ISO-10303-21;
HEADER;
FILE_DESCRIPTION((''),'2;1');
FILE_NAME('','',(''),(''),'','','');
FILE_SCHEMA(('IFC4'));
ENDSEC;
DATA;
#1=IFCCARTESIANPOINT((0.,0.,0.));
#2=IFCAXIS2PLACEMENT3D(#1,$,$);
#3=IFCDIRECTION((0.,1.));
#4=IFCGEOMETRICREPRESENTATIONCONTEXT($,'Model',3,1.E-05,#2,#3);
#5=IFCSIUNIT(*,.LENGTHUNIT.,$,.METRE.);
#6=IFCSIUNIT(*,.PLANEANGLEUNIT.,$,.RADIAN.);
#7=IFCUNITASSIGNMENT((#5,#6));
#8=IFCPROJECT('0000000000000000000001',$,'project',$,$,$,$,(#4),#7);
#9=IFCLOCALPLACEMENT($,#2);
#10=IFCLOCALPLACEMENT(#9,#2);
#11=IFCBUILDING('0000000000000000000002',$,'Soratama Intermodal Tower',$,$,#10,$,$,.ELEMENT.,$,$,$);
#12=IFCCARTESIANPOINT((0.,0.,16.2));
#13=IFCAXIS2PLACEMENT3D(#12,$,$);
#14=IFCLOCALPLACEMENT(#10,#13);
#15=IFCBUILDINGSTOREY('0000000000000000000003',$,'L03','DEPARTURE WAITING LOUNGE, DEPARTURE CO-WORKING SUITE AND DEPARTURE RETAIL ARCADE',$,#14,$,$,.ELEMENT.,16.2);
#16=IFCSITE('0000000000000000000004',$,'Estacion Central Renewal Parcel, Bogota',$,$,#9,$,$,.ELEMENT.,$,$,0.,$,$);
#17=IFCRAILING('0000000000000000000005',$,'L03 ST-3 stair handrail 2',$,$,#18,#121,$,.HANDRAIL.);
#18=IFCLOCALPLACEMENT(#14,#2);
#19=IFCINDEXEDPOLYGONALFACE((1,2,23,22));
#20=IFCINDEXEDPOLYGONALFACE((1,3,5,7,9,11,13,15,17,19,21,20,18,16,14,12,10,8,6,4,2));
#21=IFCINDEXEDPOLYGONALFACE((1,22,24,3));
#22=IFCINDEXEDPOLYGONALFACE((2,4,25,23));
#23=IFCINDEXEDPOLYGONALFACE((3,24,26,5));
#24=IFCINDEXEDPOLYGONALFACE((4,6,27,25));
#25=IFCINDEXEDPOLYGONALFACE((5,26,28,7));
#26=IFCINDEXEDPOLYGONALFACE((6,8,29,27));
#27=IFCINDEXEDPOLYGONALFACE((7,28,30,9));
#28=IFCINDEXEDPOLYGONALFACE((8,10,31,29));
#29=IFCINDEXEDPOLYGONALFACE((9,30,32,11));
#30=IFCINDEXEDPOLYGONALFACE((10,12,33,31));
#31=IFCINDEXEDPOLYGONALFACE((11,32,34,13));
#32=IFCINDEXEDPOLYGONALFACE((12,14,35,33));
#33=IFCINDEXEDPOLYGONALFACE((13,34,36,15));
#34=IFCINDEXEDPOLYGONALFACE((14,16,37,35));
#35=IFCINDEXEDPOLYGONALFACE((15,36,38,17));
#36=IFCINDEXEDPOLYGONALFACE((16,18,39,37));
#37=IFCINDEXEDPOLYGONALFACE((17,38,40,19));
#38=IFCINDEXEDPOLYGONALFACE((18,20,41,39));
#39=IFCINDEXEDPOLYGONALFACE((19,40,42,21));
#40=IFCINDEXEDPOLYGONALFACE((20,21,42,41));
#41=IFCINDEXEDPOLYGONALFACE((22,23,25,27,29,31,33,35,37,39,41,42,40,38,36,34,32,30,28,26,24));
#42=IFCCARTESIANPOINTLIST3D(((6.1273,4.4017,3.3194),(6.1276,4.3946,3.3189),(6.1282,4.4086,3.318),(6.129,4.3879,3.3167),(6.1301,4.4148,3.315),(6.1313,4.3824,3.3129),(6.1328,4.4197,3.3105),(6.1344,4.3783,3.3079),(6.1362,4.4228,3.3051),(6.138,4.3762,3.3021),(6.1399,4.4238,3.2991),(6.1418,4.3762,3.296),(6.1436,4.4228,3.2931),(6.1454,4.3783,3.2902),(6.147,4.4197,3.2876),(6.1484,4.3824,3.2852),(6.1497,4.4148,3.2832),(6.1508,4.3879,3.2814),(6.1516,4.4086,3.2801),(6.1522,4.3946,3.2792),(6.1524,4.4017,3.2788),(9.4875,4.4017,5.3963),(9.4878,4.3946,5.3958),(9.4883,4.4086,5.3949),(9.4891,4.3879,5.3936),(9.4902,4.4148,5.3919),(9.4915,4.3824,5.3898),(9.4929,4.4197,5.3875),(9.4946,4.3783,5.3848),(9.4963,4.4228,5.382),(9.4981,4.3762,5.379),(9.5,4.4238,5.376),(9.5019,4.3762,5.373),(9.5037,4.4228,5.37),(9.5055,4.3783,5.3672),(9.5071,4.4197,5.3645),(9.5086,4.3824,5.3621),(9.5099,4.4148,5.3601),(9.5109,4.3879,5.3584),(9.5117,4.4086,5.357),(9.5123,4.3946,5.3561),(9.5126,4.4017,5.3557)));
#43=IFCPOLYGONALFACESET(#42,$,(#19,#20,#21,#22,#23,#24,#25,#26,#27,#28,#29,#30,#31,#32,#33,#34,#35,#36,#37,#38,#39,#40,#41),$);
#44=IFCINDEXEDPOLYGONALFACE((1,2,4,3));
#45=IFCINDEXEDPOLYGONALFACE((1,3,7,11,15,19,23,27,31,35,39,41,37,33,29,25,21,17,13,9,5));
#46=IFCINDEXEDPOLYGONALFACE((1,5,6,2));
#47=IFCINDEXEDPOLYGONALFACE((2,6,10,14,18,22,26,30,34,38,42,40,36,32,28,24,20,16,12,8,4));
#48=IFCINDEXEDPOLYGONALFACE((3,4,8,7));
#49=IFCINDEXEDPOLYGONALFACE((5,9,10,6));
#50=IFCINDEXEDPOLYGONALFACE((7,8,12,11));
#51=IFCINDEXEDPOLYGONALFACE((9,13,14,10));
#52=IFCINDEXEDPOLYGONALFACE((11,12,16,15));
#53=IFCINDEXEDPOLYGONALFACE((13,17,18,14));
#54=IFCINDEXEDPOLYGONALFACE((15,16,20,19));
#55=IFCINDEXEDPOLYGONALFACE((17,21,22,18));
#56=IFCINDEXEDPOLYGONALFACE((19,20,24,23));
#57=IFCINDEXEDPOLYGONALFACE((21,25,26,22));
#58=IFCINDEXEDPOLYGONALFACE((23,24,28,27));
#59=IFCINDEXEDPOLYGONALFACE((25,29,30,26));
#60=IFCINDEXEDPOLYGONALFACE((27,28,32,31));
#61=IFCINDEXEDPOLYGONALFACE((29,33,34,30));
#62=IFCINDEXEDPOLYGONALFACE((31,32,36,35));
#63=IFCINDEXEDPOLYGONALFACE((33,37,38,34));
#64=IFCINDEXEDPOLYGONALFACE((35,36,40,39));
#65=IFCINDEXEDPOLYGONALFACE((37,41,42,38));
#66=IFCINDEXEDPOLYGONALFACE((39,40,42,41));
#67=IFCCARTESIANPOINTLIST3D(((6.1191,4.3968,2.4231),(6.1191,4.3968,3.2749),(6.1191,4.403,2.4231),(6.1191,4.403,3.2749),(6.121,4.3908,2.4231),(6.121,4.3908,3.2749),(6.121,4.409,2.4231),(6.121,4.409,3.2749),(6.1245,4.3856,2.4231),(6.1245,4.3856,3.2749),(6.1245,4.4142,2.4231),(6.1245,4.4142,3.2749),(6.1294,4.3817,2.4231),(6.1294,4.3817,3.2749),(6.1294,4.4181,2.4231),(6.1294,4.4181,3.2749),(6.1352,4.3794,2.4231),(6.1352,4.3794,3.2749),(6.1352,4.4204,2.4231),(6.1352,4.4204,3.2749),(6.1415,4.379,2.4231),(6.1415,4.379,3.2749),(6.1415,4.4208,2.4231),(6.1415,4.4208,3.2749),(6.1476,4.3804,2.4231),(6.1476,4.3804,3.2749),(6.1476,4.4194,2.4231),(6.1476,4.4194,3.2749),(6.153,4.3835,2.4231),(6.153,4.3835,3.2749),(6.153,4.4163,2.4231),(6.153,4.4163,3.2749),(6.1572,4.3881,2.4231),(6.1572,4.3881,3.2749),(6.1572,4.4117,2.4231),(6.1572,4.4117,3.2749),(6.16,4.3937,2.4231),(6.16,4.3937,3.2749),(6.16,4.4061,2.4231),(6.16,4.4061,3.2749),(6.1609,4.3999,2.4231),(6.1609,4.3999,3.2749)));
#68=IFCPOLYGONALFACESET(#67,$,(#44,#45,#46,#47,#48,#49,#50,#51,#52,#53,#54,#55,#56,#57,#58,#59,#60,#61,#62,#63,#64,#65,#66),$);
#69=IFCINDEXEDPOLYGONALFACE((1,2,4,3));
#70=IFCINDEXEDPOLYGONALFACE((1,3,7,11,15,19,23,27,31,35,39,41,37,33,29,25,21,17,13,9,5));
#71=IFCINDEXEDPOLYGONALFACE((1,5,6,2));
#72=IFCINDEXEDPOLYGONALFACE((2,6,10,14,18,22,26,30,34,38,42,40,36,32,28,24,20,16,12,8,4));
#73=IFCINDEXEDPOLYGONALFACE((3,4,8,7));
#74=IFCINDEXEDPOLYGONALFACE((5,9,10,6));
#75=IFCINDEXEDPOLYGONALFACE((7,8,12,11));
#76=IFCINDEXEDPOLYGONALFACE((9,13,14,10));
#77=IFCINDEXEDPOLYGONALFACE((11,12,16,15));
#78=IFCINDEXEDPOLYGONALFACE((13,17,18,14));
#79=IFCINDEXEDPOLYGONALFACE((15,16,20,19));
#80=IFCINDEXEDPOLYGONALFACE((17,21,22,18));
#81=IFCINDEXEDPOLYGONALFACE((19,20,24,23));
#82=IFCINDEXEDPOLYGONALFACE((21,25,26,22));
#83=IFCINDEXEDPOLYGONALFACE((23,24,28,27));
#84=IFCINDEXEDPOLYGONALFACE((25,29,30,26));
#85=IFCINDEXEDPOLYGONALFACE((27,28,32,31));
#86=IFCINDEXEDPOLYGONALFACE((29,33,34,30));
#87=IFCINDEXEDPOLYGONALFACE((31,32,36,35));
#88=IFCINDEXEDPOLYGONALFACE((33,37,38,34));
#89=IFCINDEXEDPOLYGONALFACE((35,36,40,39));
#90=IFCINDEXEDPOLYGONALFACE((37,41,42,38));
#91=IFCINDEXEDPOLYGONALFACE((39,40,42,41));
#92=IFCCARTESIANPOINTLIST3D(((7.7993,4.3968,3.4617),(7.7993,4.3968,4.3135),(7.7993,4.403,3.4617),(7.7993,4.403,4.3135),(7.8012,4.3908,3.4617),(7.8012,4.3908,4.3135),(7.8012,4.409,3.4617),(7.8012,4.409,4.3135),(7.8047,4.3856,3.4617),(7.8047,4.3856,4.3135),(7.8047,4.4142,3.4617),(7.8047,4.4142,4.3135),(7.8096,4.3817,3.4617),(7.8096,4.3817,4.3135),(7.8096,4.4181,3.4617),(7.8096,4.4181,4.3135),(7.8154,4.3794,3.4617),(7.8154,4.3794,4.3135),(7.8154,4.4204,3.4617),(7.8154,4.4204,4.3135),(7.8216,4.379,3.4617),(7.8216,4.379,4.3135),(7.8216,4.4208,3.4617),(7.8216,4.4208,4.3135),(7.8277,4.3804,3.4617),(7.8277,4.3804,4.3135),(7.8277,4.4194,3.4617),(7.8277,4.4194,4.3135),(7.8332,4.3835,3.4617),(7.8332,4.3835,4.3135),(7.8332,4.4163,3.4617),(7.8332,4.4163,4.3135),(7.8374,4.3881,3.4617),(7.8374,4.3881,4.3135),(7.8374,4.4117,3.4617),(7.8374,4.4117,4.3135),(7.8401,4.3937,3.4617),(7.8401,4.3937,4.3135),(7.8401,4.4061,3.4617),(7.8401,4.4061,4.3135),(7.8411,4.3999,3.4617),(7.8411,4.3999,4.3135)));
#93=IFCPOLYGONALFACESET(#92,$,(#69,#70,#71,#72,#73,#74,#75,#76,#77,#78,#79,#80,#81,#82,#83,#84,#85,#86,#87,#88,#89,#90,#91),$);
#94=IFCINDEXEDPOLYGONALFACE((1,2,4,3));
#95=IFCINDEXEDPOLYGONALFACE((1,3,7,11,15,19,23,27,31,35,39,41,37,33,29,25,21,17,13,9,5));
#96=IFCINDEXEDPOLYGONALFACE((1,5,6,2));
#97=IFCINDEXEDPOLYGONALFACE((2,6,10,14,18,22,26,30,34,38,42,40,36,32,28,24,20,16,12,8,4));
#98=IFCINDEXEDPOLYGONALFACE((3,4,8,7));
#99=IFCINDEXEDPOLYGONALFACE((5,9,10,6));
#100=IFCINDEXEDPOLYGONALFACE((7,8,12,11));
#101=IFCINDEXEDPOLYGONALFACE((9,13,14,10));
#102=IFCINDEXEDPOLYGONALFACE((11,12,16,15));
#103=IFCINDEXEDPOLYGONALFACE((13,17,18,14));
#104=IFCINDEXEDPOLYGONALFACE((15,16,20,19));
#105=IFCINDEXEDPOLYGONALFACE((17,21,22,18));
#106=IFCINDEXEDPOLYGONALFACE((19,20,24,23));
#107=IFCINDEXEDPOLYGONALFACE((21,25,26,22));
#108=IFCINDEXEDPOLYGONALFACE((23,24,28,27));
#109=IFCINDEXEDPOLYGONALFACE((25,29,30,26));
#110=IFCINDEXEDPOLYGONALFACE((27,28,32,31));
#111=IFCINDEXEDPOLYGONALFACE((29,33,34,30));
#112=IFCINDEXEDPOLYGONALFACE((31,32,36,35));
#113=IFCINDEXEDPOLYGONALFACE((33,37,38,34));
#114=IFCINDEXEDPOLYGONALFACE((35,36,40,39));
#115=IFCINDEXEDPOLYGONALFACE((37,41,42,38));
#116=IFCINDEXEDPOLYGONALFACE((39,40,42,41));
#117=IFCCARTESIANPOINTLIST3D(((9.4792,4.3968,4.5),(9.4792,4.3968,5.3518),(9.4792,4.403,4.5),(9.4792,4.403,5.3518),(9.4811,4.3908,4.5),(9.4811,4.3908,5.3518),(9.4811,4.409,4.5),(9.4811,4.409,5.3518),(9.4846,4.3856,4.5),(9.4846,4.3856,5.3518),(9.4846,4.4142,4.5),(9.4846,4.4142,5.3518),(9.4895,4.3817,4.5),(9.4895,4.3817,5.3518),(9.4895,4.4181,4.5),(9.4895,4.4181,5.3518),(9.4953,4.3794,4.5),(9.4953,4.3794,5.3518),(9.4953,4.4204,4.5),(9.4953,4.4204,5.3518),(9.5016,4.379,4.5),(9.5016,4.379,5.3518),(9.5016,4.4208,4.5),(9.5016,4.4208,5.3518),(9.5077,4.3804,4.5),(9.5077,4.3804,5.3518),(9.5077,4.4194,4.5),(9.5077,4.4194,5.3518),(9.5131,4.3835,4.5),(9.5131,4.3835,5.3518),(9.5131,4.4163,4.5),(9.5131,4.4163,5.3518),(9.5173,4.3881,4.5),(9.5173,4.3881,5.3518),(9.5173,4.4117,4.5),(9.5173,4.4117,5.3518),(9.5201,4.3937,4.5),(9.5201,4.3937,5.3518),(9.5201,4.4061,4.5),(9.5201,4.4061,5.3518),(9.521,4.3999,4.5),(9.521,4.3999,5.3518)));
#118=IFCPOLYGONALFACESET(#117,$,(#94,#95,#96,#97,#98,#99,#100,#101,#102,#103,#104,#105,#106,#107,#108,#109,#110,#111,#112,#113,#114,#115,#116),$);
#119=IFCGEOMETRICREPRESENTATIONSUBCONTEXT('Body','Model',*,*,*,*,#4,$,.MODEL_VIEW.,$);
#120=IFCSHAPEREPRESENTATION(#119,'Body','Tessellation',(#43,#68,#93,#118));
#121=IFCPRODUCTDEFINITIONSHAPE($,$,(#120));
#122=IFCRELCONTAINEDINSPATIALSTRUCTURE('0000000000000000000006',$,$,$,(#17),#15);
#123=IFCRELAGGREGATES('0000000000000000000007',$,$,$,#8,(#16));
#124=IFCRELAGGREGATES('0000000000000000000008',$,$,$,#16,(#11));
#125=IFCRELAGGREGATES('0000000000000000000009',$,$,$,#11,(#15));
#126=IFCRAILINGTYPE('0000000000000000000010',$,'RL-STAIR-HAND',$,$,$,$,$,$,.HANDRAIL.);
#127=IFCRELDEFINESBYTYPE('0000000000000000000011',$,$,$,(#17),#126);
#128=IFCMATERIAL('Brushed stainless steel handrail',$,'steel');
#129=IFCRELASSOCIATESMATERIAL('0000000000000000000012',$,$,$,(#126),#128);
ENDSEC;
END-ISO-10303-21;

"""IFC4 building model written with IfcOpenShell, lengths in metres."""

from ifc_helpers import new_model, si_unit, direction, frame, origin, origin_2d, place, context, subcontext, project, spatial, circle, extrude, material, type_object, element, save


model = new_model("IFC4")

# Units and contexts
model_context = context("Model", 3, precision=1e-05, world=origin(), true_north=direction((0.0, 1.0)))
body_context = subcontext(model_context, "Body", "Model", "MODEL_VIEW")
ifc_project = project(units=[si_unit("LENGTHUNIT", "METRE"), si_unit("PLANEANGLEUNIT", "RADIAN")], contexts=[model_context])

# Site, building, storey
site_placement = place(None, origin())
site = spatial("IfcSite", under=ifc_project, at=site_placement, Name="Estacion Central Renewal Parcel, Bogota", CompositionType="ELEMENT", RefElevation=0.0)
building_placement = place(site_placement, origin())
building = spatial("IfcBuilding", under=site, at=building_placement, Name="Soratama Intermodal Tower", CompositionType="ELEMENT")
storey_placement = place(building_placement, frame((0.0, 0.0, 16.2)))
storey = spatial("IfcBuildingStorey", under=building, at=storey_placement, Name="L03", Description="DEPARTURE WAITING LOUNGE, DEPARTURE CO-WORKING SUITE AND DEPARTURE RETAIL ARCADE", CompositionType="ELEMENT", Elevation=16.2)

# Railing
ifc_material_1 = material(Name="Brushed stainless steel handrail", Category="steel")
railing_type_1 = type_object("IfcRailingType", Name="RL-STAIR-HAND", PredefinedType="HANDRAIL", material=ifc_material_1)
railing_1_placement = place(storey_placement, frame((6.1399, 4.3999, 2.4231)))
element("IfcRailing", 1, at=railing_1_placement, inside=storey, type_object=railing_type_1, Name="L03 ST-3 stair handrail 2", PredefinedType="HANDRAIL", context=body_context, shape_type="SweptSolid", body=[
    extrude(circle(Radius=0.0239, at=origin_2d()), frame((0.0, 0.0, 0.876), z_axis=(0.850623, 0.0, 0.525776), x_axis=(0.0, 1.0, 0.0)), (0.0, 0.0, 1.0), 3.9502),
    extrude(circle(Radius=0.021, at=origin_2d()), origin(), (0.0, 0.0, 1.0), 0.8518),
    extrude(circle(Radius=0.021, at=origin_2d()), frame((1.6802, 0.0, 1.0386)), (0.0, 0.0, 1.0), 0.8518),
    extrude(circle(Radius=0.021, at=origin_2d()), frame((3.3601, 0.0, 2.0769)), (0.0, 0.0, 1.0), 0.8518),
])

save(model, "model.ifc")
